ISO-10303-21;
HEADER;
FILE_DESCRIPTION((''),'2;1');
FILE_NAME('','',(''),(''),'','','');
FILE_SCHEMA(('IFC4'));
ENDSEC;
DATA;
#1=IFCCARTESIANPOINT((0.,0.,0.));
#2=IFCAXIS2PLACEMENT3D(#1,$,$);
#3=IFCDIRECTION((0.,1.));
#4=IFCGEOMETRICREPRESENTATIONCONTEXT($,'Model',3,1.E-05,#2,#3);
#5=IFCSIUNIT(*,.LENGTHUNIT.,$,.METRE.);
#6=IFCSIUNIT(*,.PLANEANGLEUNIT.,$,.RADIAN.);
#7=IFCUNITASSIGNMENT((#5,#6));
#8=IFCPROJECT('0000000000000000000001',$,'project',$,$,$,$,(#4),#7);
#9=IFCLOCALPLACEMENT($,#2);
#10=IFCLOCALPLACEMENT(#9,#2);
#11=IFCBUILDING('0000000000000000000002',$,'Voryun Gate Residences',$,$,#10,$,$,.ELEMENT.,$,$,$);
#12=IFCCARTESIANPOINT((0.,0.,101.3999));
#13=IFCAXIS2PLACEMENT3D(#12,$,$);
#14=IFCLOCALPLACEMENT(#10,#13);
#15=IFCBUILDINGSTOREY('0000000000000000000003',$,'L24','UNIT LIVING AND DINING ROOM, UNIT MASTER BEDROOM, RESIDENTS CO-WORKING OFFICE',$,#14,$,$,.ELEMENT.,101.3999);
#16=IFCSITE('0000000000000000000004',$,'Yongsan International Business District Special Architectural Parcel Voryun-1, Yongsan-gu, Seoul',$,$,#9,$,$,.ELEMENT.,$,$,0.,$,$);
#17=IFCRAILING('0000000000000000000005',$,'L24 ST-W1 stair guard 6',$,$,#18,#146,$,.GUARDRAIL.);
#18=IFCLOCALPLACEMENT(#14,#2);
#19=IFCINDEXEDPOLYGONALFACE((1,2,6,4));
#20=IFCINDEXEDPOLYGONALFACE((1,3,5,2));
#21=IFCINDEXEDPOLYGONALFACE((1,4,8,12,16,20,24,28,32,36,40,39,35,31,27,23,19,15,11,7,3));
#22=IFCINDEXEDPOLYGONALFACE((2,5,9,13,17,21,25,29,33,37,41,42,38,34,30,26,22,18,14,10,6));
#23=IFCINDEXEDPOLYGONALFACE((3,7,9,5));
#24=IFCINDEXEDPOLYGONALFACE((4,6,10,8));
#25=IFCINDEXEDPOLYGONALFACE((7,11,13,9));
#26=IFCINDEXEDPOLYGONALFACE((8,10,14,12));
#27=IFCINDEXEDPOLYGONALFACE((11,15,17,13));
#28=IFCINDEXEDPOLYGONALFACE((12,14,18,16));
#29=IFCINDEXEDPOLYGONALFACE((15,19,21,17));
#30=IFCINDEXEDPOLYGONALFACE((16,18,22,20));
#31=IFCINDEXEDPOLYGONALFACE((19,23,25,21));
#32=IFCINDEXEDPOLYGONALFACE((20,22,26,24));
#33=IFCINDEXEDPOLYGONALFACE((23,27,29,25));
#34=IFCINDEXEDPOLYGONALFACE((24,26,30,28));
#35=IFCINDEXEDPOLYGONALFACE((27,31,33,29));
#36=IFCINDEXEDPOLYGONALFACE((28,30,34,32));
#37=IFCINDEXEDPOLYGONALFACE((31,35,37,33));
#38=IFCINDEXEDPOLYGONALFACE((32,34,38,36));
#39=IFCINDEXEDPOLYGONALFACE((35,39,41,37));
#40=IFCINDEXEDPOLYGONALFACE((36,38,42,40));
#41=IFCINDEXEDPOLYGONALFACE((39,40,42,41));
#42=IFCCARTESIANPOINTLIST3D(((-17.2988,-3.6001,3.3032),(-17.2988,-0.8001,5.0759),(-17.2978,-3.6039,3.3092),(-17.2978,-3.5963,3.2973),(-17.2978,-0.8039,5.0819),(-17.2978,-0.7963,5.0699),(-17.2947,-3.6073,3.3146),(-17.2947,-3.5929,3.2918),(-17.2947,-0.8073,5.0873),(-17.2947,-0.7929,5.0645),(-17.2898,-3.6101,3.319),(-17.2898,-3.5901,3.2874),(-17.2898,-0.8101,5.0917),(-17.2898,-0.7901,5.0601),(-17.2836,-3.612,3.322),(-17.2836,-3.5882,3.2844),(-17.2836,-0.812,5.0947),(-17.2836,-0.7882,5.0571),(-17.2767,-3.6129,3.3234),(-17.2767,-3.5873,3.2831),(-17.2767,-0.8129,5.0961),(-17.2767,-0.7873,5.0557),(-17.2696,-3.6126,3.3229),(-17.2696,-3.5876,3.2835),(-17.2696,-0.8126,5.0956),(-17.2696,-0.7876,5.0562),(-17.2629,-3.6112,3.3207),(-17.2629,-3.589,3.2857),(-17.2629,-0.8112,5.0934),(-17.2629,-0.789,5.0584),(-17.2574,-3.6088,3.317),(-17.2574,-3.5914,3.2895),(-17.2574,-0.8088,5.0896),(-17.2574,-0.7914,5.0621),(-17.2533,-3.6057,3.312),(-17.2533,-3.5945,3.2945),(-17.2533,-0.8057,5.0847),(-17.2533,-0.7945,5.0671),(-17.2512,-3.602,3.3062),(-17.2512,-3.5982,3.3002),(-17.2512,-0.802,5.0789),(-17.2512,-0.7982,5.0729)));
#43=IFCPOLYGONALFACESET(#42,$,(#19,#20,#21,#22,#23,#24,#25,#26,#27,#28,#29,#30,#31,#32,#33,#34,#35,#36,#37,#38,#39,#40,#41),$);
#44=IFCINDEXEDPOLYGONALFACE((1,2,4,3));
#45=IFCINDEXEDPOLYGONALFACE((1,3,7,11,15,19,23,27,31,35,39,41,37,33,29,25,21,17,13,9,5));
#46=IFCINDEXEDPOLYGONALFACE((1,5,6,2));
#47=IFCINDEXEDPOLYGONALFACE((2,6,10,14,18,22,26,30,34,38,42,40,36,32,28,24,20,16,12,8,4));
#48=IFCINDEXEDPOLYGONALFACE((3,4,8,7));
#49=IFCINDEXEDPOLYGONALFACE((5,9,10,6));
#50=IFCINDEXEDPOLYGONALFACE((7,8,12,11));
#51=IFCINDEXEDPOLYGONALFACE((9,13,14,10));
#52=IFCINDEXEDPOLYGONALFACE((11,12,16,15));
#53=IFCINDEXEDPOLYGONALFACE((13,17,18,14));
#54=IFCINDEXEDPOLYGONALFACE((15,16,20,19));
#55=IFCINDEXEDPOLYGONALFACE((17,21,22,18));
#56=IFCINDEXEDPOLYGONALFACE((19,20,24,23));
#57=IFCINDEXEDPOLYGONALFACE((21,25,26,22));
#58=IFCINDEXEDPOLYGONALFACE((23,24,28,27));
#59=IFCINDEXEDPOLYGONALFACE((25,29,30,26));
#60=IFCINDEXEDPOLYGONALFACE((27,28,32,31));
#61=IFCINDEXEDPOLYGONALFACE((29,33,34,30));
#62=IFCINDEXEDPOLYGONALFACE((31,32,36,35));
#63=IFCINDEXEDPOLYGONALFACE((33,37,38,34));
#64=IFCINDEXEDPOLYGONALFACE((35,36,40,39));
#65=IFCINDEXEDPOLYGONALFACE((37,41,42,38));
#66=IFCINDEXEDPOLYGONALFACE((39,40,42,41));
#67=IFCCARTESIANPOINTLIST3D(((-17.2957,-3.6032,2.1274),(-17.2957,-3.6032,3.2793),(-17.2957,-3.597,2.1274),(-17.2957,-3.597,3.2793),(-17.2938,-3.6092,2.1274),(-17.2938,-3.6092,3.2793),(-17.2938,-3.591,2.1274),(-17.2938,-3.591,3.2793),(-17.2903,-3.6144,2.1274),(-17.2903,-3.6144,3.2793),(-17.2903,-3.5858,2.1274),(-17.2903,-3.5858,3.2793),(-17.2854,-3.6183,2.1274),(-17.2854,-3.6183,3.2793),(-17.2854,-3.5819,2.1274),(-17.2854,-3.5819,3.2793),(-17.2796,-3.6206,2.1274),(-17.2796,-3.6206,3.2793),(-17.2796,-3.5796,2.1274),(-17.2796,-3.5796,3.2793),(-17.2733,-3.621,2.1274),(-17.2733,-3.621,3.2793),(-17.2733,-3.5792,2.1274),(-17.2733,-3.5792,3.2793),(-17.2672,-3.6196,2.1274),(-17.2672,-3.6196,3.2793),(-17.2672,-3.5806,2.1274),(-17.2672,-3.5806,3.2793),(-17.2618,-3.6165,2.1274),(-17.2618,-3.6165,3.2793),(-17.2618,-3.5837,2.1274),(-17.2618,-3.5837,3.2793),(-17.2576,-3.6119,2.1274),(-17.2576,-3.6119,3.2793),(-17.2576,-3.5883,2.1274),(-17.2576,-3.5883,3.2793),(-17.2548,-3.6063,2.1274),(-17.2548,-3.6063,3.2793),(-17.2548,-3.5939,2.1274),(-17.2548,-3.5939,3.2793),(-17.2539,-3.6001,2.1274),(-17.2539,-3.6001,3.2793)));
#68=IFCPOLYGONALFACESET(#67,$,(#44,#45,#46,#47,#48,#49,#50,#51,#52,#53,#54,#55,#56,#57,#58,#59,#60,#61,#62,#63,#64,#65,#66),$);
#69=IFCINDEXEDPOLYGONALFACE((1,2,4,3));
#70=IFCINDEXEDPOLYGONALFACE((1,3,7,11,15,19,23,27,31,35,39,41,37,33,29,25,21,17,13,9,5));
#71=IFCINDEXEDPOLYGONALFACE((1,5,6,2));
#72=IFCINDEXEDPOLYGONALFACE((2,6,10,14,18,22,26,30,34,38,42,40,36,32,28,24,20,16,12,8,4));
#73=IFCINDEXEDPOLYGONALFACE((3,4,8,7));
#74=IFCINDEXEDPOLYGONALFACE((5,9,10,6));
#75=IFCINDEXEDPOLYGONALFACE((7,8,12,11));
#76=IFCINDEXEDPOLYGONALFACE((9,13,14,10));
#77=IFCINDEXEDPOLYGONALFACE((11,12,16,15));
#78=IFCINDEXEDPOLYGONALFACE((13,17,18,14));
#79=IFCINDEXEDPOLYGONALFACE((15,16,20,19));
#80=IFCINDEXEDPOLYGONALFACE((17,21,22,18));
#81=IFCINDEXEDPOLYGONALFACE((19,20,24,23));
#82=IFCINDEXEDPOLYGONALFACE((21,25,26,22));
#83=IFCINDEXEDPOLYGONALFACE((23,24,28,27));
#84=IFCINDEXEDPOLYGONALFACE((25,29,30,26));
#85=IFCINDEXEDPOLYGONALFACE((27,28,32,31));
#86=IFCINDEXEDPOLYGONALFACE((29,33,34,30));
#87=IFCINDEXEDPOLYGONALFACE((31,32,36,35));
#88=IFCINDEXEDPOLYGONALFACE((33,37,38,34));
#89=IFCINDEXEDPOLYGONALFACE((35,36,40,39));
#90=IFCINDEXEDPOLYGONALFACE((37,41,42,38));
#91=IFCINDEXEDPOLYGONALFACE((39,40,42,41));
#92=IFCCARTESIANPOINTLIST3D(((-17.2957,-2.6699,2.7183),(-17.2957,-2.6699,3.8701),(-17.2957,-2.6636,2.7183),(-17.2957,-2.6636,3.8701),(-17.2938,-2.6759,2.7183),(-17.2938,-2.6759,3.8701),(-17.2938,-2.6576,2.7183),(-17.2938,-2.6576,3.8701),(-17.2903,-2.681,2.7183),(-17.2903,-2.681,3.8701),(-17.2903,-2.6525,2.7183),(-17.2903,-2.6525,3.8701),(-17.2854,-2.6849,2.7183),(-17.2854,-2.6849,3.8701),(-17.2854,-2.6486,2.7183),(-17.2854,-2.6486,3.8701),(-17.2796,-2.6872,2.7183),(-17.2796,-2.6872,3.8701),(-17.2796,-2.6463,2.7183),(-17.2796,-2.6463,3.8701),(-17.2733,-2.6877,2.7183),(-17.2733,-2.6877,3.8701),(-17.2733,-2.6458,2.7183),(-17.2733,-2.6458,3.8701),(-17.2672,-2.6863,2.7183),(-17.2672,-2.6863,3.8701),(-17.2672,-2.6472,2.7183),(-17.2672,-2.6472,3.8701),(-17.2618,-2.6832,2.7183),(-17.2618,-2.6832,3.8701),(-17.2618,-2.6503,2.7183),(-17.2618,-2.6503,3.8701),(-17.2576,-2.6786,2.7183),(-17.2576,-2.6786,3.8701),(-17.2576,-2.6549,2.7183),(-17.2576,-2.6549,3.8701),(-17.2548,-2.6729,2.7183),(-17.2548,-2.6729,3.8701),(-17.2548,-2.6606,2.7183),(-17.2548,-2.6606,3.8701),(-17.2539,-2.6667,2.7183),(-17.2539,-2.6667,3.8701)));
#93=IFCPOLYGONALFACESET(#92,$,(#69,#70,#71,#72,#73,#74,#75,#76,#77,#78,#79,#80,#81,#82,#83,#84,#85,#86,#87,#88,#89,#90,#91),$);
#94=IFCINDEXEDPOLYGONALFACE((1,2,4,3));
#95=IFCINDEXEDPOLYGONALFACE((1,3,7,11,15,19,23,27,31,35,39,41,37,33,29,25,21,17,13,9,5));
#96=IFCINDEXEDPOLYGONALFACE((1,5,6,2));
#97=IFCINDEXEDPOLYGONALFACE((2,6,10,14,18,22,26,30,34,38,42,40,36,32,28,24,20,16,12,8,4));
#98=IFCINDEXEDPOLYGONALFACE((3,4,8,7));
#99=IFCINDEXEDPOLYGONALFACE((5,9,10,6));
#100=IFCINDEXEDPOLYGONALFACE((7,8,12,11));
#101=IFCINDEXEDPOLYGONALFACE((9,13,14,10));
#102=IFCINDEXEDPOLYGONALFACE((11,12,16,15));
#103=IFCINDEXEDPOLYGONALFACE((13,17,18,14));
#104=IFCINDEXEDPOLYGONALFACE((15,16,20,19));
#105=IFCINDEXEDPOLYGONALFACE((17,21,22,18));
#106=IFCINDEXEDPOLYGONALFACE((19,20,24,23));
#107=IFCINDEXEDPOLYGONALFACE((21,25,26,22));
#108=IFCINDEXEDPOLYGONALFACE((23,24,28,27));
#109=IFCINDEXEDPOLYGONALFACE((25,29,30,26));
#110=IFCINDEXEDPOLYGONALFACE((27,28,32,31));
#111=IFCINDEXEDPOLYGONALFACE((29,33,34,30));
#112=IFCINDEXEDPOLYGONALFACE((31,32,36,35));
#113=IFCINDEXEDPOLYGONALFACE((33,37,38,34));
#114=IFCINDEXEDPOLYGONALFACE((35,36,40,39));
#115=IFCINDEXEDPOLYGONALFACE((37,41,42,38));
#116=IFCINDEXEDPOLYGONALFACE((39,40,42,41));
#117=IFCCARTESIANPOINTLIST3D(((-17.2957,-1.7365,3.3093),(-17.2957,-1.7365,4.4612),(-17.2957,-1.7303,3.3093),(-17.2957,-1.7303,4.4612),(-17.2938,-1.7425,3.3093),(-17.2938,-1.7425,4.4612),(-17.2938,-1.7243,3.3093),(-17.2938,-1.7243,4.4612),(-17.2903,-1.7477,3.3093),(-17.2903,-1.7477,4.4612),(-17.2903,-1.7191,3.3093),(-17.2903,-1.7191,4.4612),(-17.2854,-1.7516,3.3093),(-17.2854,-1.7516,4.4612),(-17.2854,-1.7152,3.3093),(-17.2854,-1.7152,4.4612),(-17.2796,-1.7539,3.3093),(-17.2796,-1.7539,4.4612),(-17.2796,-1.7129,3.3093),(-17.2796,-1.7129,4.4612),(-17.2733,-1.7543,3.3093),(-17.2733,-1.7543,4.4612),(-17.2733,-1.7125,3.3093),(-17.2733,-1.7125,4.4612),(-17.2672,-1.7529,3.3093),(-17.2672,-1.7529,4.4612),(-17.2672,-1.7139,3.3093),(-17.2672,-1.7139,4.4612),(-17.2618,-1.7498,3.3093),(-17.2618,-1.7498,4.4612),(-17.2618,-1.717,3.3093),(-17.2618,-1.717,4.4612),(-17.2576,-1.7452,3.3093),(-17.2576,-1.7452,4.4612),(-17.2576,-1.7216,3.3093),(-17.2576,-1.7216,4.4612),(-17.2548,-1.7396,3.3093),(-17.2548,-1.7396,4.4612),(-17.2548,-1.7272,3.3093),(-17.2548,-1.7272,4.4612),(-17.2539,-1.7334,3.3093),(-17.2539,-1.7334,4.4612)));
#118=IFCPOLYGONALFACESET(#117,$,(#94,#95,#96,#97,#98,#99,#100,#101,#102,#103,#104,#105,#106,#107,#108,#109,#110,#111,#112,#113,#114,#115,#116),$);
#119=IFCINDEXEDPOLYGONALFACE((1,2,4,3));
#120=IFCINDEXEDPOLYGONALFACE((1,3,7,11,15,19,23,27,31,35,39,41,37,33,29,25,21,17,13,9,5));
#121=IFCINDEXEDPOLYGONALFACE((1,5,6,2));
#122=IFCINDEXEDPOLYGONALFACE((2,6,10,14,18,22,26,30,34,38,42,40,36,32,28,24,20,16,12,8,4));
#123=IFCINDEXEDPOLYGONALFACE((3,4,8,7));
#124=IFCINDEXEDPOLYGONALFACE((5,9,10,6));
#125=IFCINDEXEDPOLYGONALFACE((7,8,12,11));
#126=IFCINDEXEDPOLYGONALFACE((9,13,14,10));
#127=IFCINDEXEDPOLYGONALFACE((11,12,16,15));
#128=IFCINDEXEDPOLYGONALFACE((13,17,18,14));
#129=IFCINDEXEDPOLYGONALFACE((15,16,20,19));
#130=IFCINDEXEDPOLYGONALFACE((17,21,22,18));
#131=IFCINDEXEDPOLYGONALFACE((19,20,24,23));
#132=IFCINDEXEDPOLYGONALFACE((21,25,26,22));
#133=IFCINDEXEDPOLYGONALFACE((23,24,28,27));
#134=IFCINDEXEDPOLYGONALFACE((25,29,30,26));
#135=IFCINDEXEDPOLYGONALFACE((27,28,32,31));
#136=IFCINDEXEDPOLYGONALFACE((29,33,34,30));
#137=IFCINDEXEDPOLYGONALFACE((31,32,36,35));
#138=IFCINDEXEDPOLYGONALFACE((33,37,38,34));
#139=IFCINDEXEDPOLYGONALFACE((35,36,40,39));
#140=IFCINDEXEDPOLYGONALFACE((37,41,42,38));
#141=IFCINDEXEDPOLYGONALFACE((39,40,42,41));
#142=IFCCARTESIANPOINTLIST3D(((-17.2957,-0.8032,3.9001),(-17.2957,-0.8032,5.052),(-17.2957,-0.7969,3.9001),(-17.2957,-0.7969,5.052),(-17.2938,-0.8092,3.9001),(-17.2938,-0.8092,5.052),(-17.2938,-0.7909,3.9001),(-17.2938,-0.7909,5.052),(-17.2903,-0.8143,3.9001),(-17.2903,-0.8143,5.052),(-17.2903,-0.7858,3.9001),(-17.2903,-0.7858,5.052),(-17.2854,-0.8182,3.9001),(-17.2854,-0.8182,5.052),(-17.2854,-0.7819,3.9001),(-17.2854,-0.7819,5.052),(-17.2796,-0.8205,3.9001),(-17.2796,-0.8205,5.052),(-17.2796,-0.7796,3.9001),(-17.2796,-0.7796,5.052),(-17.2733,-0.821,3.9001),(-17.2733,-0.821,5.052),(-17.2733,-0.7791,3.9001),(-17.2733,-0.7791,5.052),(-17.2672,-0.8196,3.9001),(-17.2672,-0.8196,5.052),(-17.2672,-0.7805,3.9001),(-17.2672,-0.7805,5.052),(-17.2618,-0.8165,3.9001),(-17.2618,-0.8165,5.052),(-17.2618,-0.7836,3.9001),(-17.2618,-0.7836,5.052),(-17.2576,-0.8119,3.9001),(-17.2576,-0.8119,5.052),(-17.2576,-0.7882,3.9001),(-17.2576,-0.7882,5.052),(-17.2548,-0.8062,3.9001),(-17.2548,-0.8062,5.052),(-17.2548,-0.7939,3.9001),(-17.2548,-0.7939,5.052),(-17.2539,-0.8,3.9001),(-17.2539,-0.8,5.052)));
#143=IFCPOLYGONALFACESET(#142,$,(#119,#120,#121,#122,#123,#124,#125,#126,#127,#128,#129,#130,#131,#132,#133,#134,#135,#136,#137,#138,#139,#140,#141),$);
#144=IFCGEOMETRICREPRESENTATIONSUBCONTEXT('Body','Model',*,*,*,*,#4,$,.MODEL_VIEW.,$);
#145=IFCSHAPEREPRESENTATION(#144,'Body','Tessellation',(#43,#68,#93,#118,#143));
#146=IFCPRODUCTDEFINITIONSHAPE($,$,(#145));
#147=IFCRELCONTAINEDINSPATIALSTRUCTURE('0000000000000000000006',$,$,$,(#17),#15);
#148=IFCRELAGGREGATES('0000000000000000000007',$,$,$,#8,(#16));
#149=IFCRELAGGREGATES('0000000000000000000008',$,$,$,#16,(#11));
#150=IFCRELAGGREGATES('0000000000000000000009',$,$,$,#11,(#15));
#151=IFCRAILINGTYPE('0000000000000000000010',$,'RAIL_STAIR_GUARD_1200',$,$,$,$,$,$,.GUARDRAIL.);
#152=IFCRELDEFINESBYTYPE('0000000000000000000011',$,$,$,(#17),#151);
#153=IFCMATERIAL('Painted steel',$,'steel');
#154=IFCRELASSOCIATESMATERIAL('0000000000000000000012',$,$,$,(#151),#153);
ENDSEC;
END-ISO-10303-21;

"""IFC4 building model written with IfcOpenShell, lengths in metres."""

from ifc_helpers import new_model, si_unit, direction, frame, origin, origin_2d, place, context, subcontext, project, spatial, circle, extrude, material, type_object, element, save


model = new_model("IFC4")

# Units and contexts
model_context = context("Model", 3, precision=1e-05, world=origin(), true_north=direction((0.0, 1.0)))
body_context = subcontext(model_context, "Body", "Model", "MODEL_VIEW")
ifc_project = project(units=[si_unit("LENGTHUNIT", "METRE"), si_unit("PLANEANGLEUNIT", "RADIAN")], contexts=[model_context])

# Site, building, storey
site_placement = place(None, origin())
site = spatial("IfcSite", under=ifc_project, at=site_placement, Name="Yongsan International Business District Special Architectural Parcel Voryun-1, Yongsan-gu, Seoul", CompositionType="ELEMENT", RefElevation=0.0)
building_placement = place(site_placement, origin())
building = spatial("IfcBuilding", under=site, at=building_placement, Name="Voryun Gate Residences", CompositionType="ELEMENT")
storey_placement = place(building_placement, frame((0.0, 0.0, 101.3999)))
storey = spatial("IfcBuildingStorey", under=building, at=storey_placement, Name="L24", Description="UNIT LIVING AND DINING ROOM, UNIT MASTER BEDROOM, RESIDENTS CO-WORKING OFFICE", CompositionType="ELEMENT", Elevation=101.3999)

# Railing
ifc_material_1 = material(Name="Painted steel", Category="steel")
railing_type = type_object("IfcRailingType", Name="RAIL_STAIR_GUARD_1200", PredefinedType="GUARDRAIL", material=ifc_material_1)
railing_1_placement = place(storey_placement, frame((-17.2749, -3.6001, 2.1274)))
element("IfcRailing", 1, at=railing_1_placement, inside=storey, type_object=railing_type, Name="L24 ST-W1 stair guard 6", PredefinedType="GUARDRAIL", context=body_context, shape_type="SweptSolid", body=[
    extrude(circle(Radius=0.0239, at=origin_2d()), frame((0.0, 0.0, 1.1758), z_axis=(0.0, 0.844909, 0.53491), x_axis=(-1.0, 0.0, 0.0)), (0.0, 0.0, 1.0), 3.314),
    extrude(circle(Radius=0.021, at=origin_2d()), origin(), (0.0, 0.0, 1.0), 1.1519),
    extrude(circle(Radius=0.021, at=origin_2d()), frame((0.0, 0.9333, 0.5908)), (0.0, 0.0, 1.0), 1.1519),
    extrude(circle(Radius=0.021, at=origin_2d()), frame((0.0, 1.8667, 1.1819)), (0.0, 0.0, 1.0), 1.1519),
    extrude(circle(Radius=0.021, at=origin_2d()), frame((0.0, 2.8, 1.7727)), (0.0, 0.0, 1.0), 1.1519),
])

save(model, "model.ifc")
